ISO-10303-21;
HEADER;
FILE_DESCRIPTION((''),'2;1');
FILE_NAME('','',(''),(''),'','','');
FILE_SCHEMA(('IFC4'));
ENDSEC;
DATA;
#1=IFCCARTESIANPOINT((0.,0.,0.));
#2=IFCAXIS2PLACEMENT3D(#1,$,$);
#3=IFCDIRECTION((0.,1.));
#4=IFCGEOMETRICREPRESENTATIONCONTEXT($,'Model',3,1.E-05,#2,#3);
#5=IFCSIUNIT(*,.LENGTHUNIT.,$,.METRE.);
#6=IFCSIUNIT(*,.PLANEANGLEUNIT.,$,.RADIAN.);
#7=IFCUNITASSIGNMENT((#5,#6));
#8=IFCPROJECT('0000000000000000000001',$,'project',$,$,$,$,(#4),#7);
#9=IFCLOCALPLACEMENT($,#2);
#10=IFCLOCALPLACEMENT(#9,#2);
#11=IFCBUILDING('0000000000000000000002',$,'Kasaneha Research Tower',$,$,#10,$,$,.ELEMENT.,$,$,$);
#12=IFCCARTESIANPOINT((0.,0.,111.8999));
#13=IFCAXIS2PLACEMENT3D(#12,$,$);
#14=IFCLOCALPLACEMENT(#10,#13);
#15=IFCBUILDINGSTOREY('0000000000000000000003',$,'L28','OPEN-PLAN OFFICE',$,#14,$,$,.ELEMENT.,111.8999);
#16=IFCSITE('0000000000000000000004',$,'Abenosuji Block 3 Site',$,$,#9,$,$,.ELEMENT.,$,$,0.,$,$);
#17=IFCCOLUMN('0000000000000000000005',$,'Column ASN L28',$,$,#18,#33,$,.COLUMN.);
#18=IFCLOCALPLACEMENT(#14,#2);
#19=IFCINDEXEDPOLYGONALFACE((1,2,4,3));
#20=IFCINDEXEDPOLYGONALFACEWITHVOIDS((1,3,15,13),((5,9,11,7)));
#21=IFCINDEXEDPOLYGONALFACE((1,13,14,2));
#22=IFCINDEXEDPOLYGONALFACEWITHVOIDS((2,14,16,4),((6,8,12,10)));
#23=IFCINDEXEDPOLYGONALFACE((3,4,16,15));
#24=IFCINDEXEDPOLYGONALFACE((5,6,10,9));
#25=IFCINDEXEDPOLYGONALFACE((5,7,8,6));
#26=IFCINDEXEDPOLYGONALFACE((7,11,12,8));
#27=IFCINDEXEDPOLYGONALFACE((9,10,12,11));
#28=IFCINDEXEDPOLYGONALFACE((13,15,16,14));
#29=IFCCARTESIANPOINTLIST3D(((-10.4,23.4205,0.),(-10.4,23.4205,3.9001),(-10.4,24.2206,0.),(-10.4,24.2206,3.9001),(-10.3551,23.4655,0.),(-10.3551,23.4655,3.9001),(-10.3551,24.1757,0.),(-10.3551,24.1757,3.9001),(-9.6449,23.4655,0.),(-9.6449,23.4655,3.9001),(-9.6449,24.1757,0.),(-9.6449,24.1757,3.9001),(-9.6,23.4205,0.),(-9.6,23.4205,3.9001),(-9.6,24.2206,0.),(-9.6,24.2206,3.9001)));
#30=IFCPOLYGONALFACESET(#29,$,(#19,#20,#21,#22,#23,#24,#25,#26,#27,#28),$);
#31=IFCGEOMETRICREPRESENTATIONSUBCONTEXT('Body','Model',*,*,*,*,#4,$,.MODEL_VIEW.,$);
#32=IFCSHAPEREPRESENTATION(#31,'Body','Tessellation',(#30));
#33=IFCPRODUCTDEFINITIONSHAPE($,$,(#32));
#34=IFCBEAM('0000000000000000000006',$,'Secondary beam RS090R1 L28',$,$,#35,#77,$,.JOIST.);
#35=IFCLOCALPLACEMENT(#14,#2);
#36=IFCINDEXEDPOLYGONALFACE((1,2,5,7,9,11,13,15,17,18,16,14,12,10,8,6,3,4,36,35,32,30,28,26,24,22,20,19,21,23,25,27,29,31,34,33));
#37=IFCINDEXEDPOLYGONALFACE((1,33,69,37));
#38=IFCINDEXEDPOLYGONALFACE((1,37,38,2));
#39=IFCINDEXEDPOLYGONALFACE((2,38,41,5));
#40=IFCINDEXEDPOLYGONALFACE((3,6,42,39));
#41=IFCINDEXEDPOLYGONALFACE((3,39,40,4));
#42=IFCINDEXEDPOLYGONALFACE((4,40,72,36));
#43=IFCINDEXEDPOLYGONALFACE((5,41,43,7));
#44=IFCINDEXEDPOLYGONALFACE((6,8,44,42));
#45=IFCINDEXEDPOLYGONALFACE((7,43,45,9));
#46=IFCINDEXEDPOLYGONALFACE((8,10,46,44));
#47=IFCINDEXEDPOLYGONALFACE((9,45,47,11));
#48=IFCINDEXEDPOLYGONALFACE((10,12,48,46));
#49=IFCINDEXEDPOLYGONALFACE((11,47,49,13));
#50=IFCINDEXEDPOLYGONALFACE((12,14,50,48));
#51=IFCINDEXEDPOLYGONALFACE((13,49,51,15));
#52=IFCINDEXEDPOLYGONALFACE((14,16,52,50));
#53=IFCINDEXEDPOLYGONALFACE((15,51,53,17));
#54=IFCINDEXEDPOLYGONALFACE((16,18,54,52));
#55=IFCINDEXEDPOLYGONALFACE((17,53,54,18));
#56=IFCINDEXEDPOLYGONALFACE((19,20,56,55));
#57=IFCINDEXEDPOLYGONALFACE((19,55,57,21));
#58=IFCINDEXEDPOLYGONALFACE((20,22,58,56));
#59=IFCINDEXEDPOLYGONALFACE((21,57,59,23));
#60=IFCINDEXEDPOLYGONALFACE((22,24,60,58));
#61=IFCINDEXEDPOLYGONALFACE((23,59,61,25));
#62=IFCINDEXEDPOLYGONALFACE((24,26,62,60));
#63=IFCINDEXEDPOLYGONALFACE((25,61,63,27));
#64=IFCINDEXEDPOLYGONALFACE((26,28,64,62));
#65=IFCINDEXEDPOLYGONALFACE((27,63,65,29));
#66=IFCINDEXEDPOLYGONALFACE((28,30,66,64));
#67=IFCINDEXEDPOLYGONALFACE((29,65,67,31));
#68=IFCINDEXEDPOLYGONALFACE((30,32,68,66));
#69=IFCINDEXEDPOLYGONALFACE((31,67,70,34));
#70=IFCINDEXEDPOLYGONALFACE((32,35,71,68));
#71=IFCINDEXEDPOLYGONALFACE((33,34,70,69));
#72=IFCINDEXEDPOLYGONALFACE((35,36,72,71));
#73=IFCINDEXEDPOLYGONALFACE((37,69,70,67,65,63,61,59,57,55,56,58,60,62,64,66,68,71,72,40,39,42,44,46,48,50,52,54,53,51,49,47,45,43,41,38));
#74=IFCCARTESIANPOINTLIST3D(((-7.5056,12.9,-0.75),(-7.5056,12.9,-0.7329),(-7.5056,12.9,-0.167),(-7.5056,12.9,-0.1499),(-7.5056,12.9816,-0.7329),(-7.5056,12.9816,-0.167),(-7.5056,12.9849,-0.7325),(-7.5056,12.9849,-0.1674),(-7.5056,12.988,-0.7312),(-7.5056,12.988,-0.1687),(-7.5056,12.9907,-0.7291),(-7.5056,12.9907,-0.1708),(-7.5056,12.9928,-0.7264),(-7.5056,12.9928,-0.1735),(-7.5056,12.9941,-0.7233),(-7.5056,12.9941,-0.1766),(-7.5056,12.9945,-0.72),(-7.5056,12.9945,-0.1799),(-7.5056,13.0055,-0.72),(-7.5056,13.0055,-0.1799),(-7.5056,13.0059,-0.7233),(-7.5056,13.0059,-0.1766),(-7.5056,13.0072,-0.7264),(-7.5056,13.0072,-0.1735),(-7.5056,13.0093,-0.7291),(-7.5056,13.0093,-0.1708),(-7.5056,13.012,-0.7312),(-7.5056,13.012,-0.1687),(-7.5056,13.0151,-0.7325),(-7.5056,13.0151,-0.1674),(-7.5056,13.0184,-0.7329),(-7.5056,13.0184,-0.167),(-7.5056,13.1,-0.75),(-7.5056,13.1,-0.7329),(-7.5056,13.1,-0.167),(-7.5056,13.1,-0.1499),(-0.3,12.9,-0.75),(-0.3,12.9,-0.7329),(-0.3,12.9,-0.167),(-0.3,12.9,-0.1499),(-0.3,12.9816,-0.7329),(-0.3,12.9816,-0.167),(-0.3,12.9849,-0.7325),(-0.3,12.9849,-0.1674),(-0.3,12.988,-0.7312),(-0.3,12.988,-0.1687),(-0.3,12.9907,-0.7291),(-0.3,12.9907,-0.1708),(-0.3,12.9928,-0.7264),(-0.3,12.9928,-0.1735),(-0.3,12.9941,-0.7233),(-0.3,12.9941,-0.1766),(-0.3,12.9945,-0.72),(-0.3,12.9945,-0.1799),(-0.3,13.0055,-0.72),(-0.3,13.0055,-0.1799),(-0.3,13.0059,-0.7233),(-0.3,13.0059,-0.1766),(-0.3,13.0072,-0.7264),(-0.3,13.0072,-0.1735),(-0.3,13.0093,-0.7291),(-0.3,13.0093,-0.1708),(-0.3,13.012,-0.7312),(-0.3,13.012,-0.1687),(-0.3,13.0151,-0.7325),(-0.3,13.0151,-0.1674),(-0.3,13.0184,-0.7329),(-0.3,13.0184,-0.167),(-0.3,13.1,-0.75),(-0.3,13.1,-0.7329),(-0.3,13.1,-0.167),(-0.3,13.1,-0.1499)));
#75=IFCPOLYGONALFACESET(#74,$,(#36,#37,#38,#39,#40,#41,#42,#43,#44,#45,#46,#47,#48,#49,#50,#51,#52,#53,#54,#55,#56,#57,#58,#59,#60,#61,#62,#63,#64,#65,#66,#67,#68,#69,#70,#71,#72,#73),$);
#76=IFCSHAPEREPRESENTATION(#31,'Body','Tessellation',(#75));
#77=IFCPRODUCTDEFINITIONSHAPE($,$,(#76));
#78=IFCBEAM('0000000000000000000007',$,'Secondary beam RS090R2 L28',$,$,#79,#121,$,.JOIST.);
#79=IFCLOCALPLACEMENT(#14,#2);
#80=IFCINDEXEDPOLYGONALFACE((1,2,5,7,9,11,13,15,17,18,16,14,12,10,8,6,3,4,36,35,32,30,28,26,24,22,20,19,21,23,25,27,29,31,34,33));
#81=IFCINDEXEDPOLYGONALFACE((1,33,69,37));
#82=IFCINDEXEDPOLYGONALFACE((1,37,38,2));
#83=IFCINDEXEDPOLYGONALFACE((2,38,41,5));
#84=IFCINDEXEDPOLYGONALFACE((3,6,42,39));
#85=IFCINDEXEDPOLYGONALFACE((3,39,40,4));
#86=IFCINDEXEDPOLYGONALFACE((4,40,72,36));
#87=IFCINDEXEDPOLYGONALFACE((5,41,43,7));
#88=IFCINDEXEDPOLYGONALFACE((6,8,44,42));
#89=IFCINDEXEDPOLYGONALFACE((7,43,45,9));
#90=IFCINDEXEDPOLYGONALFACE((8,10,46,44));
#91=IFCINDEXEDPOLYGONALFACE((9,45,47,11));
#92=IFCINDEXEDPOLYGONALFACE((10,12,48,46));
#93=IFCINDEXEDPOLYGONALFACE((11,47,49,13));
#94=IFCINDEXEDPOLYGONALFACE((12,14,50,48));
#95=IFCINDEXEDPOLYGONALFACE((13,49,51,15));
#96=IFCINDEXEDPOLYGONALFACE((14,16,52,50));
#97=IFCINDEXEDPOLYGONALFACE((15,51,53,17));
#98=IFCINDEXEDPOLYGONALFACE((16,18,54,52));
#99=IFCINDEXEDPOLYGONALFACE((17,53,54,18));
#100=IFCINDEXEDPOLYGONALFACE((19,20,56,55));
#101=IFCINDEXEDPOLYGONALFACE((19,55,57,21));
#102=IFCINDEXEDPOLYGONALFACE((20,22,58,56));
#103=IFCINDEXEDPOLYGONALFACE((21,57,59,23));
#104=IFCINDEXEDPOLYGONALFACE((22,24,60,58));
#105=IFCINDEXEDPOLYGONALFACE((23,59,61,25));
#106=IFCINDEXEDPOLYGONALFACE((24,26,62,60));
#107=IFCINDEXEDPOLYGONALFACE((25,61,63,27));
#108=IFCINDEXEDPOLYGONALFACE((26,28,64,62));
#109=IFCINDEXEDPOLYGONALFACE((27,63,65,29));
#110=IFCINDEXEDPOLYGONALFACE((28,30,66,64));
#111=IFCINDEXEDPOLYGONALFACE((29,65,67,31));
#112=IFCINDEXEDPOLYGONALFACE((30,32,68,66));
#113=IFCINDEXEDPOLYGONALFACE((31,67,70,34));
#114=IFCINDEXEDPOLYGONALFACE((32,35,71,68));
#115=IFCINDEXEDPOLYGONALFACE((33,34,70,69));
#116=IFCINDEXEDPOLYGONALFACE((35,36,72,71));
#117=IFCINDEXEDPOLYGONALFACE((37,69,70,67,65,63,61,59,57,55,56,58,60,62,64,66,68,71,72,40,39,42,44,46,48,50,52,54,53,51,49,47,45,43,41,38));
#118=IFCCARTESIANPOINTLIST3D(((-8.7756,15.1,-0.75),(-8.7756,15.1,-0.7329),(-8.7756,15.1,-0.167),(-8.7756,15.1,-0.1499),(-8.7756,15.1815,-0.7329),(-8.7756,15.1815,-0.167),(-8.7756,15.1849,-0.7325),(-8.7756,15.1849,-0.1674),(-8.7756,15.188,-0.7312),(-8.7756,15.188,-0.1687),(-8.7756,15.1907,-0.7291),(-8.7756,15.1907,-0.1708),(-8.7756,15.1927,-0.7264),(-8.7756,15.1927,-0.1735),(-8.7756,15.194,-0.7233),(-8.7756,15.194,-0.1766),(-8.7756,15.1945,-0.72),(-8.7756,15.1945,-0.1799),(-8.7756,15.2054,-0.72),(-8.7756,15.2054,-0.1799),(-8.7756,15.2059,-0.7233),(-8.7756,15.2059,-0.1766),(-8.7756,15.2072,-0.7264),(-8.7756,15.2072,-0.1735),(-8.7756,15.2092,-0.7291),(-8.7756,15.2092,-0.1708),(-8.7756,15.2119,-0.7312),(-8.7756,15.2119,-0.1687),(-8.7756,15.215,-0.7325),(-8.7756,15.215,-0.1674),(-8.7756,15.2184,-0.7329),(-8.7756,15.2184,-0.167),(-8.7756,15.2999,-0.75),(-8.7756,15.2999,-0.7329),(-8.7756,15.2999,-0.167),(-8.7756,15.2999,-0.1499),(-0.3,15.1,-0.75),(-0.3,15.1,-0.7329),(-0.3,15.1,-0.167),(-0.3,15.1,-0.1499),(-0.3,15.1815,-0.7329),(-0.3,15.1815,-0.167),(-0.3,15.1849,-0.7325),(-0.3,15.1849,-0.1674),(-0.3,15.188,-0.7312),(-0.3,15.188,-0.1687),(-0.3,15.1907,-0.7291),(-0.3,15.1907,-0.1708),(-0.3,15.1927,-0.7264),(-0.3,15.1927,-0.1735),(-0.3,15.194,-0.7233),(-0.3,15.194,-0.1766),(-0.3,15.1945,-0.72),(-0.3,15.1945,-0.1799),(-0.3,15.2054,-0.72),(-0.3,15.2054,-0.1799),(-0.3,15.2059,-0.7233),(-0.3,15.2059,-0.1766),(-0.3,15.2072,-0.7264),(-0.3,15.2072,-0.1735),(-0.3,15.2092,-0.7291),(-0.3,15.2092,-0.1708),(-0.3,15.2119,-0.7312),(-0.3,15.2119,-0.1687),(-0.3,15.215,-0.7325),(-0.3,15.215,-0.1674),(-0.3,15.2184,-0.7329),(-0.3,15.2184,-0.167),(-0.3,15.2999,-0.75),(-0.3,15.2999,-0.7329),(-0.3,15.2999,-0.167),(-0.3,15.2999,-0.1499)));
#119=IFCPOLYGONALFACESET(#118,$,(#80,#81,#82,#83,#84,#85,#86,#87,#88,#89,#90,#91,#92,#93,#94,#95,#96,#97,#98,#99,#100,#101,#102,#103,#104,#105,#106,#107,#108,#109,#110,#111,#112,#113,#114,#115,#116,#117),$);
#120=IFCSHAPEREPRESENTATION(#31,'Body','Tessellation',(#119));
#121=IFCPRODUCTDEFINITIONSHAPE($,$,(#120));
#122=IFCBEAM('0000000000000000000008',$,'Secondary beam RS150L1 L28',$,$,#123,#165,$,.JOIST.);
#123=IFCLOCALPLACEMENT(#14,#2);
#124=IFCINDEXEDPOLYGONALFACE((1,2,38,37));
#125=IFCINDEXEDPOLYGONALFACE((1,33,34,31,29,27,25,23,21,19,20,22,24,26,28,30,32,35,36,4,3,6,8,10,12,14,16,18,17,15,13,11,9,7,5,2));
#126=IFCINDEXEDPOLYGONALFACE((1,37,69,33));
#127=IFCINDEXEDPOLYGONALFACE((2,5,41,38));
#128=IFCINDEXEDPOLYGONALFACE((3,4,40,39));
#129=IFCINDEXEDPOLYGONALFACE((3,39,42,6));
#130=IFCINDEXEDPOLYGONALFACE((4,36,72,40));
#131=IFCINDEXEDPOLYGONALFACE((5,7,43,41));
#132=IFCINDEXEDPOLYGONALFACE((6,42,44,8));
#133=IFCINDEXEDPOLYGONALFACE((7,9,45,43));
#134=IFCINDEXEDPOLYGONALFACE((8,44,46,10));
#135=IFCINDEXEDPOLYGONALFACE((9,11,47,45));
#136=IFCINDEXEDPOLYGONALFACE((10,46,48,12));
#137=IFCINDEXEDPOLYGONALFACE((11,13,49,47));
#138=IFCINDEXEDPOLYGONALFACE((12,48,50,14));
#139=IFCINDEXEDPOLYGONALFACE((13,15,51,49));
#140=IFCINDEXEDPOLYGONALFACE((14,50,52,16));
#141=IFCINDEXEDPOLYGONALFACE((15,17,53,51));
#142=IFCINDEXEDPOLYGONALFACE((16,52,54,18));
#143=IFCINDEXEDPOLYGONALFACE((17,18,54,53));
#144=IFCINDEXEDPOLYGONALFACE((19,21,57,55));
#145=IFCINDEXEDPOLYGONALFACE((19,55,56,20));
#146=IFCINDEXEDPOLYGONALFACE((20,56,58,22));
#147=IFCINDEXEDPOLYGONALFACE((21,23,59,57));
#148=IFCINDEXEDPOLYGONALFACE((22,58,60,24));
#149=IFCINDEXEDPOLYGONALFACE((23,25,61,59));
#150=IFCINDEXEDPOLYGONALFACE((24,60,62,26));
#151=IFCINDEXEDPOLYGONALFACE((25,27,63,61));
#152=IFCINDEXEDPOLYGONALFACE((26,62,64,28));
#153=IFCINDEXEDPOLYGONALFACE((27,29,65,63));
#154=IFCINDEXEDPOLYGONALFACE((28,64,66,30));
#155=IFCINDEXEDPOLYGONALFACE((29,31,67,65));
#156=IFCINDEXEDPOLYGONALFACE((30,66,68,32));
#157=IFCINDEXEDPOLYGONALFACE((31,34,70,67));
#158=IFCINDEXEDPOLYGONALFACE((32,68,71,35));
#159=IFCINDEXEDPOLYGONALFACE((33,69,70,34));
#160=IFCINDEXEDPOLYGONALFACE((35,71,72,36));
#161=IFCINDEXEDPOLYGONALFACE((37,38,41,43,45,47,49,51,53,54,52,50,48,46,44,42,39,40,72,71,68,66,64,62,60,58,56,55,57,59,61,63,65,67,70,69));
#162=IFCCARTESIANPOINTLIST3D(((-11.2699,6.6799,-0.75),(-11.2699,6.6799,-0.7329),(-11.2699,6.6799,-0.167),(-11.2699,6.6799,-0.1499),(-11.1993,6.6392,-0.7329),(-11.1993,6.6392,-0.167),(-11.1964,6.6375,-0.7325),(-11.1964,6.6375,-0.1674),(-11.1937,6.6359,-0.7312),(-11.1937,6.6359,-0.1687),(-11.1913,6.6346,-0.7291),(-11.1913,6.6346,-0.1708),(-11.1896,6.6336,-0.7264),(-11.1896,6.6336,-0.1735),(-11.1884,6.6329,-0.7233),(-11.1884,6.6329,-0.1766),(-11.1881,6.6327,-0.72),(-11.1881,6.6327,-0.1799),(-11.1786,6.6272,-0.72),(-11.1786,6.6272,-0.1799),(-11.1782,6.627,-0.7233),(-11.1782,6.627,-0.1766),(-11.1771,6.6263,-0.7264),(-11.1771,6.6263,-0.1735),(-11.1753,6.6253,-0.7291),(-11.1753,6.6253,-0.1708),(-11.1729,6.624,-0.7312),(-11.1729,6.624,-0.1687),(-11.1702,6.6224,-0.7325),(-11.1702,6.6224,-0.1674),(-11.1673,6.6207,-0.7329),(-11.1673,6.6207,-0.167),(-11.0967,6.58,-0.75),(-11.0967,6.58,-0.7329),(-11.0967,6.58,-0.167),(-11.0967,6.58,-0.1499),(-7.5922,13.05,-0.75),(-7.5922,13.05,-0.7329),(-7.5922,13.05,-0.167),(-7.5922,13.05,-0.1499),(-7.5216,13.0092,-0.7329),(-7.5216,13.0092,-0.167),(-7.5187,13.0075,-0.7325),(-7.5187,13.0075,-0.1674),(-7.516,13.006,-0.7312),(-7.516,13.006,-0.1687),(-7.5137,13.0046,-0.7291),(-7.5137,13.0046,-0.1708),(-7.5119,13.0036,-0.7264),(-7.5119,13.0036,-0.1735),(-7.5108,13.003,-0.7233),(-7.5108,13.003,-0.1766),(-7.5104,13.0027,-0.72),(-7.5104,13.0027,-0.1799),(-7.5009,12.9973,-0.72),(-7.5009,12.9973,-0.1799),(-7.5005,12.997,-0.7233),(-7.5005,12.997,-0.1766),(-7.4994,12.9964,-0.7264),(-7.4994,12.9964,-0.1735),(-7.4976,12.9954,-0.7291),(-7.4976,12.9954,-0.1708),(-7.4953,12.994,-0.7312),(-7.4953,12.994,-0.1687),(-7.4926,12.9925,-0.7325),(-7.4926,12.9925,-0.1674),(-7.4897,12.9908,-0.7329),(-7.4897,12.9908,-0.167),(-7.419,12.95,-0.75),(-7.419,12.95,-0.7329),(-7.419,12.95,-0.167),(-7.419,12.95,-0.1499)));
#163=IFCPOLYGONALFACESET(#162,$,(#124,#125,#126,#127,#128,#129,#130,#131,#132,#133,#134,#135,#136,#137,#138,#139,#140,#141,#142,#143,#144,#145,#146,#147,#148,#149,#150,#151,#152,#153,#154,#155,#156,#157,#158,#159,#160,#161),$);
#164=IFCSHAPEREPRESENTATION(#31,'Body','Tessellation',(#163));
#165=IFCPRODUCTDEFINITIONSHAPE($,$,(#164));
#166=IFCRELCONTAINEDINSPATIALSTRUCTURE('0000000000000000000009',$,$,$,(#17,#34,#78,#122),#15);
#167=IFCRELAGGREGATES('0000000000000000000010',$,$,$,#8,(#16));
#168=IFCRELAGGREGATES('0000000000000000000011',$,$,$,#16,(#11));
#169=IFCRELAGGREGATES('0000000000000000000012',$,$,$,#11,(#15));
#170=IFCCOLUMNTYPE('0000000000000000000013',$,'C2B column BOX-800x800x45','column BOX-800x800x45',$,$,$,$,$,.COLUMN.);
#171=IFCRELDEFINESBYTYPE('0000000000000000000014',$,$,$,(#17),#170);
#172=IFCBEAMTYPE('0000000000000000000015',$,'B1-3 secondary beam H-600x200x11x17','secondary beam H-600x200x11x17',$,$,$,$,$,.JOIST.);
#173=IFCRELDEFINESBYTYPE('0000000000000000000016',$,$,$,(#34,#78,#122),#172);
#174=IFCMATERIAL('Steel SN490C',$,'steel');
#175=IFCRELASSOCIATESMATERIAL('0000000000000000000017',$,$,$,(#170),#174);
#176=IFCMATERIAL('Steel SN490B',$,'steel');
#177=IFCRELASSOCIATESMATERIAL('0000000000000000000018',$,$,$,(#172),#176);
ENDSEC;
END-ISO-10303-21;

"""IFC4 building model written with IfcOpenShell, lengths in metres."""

from ifc_helpers import new_model, si_unit, direction, frame, origin, origin_2d, place, context, subcontext, project, spatial, hollow_rectangle, i_section, extrude, material, material_profile, profile_set, type_object, element, save


model = new_model("IFC4")

# Units and contexts
model_context = context("Model", 3, precision=1e-05, world=origin(), true_north=direction((0.0, 1.0)))
body_context = subcontext(model_context, "Body", "Model", "MODEL_VIEW")
ifc_project = project(units=[si_unit("LENGTHUNIT", "METRE"), si_unit("PLANEANGLEUNIT", "RADIAN")], contexts=[model_context])

# Site, building, storey
site_placement = place(None, origin())
site = spatial("IfcSite", under=ifc_project, at=site_placement, Name="Abenosuji Block 3 Site", CompositionType="ELEMENT", RefElevation=0.0)
building_placement = place(site_placement, origin())
building = spatial("IfcBuilding", under=site, at=building_placement, Name="Kasaneha Research Tower", CompositionType="ELEMENT")
storey_placement = place(building_placement, frame((0.0, 0.0, 111.8999)))
storey = spatial("IfcBuildingStorey", under=building, at=storey_placement, Name="L28", Description="OPEN-PLAN OFFICE", CompositionType="ELEMENT", Elevation=111.8999)

# Column
ifc_material_1 = material(Name="Steel SN490C", Category="steel")
ifc_material_profile_1 = material_profile(ifc_material_1, hollow_rectangle(XDim=0.8, YDim=0.8, WallThickness=0.0449, at=origin_2d()), Name="BOX-800x800x45")
ifc_profile_set_1 = profile_set([ifc_material_profile_1], Name="Steel SN490C")
column_type = type_object("IfcColumnType", Name="C2B column BOX-800x800x45", Description="column BOX-800x800x45", PredefinedType="COLUMN", material=ifc_profile_set_1)
column_placement = place(storey_placement, frame((-10.0, 23.8206, 0.0), z_axis=(0.0, 0.0, 1.0), x_axis=(1.0, 0.0, 0.0)))
element("IfcColumn", 1, at=column_placement, inside=storey, type_object=column_type, Name="Column ASN L28", PredefinedType="COLUMN", context=body_context, shape_type="SweptSolid", body=[
    extrude(hollow_rectangle(XDim=0.8, YDim=0.8, WallThickness=0.0449, at=origin_2d()), origin(), (0.0, 0.0, 1.0), 3.9001),
])

# Beams
ifc_material_2 = material(Name="Steel SN490B", Category="steel")
ifc_material_profile_2 = material_profile(ifc_material_2, i_section(OverallWidth=0.2, OverallDepth=0.6001, WebThickness=0.011, FlangeThickness=0.0171, FilletRadius=0.0129, at=origin_2d()), Name="H-600x200x11x17")
ifc_profile_set_2 = profile_set([ifc_material_profile_2], Name="Steel SN490B")
beam_type_1 = type_object("IfcBeamType", Name="B1-3 secondary beam H-600x200x11x17", Description="secondary beam H-600x200x11x17", PredefinedType="JOIST", material=ifc_profile_set_2)
beam_1_placement = place(storey_placement, frame((-7.5056, 13.0, -0.45), z_axis=(1.0, 0.0, 0.0), x_axis=(0.0, 1.0, 0.0)))
element("IfcBeam", 2, at=beam_1_placement, inside=storey, type_object=beam_type_1, Name="Secondary beam RS090R1 L28", PredefinedType="JOIST", context=body_context, shape_type="SweptSolid", body=[
    extrude(i_section(OverallWidth=0.2, OverallDepth=0.6001, WebThickness=0.011, FlangeThickness=0.0171, FilletRadius=0.0129, at=origin_2d()), origin(), (0.0, 0.0, 1.0), 7.2056),
])
beam_2_placement = place(storey_placement, frame((-8.7756, 15.2, -0.45), z_axis=(1.0, 0.0, 0.0), x_axis=(0.0, 1.0, 0.0)))
element("IfcBeam", 3, at=beam_2_placement, inside=storey, type_object=beam_type_1, Name="Secondary beam RS090R2 L28", PredefinedType="JOIST", context=body_context, shape_type="SweptSolid", body=[
    extrude(i_section(OverallWidth=0.2, OverallDepth=0.6001, WebThickness=0.011, FlangeThickness=0.0171, FilletRadius=0.0129, at=origin_2d()), origin(), (0.0, 0.0, 1.0), 8.4756),
])
beam_3_placement = place(storey_placement, frame((-7.5056, 13.0, -0.45), z_axis=(-0.499994, -0.866029, 0.0), x_axis=(0.866029, -0.499994, 0.0)))
element("IfcBeam", 4, at=beam_3_placement, inside=storey, type_object=beam_type_1, Name="Secondary beam RS150L1 L28", PredefinedType="JOIST", context=body_context, shape_type="SweptSolid", body=[
    extrude(i_section(OverallWidth=0.2, OverallDepth=0.6001, WebThickness=0.011, FlangeThickness=0.0171, FilletRadius=0.0129, at=origin_2d()), origin(), (0.0, 0.0, 1.0), 7.3555),
])

save(model, "model.ifc")
